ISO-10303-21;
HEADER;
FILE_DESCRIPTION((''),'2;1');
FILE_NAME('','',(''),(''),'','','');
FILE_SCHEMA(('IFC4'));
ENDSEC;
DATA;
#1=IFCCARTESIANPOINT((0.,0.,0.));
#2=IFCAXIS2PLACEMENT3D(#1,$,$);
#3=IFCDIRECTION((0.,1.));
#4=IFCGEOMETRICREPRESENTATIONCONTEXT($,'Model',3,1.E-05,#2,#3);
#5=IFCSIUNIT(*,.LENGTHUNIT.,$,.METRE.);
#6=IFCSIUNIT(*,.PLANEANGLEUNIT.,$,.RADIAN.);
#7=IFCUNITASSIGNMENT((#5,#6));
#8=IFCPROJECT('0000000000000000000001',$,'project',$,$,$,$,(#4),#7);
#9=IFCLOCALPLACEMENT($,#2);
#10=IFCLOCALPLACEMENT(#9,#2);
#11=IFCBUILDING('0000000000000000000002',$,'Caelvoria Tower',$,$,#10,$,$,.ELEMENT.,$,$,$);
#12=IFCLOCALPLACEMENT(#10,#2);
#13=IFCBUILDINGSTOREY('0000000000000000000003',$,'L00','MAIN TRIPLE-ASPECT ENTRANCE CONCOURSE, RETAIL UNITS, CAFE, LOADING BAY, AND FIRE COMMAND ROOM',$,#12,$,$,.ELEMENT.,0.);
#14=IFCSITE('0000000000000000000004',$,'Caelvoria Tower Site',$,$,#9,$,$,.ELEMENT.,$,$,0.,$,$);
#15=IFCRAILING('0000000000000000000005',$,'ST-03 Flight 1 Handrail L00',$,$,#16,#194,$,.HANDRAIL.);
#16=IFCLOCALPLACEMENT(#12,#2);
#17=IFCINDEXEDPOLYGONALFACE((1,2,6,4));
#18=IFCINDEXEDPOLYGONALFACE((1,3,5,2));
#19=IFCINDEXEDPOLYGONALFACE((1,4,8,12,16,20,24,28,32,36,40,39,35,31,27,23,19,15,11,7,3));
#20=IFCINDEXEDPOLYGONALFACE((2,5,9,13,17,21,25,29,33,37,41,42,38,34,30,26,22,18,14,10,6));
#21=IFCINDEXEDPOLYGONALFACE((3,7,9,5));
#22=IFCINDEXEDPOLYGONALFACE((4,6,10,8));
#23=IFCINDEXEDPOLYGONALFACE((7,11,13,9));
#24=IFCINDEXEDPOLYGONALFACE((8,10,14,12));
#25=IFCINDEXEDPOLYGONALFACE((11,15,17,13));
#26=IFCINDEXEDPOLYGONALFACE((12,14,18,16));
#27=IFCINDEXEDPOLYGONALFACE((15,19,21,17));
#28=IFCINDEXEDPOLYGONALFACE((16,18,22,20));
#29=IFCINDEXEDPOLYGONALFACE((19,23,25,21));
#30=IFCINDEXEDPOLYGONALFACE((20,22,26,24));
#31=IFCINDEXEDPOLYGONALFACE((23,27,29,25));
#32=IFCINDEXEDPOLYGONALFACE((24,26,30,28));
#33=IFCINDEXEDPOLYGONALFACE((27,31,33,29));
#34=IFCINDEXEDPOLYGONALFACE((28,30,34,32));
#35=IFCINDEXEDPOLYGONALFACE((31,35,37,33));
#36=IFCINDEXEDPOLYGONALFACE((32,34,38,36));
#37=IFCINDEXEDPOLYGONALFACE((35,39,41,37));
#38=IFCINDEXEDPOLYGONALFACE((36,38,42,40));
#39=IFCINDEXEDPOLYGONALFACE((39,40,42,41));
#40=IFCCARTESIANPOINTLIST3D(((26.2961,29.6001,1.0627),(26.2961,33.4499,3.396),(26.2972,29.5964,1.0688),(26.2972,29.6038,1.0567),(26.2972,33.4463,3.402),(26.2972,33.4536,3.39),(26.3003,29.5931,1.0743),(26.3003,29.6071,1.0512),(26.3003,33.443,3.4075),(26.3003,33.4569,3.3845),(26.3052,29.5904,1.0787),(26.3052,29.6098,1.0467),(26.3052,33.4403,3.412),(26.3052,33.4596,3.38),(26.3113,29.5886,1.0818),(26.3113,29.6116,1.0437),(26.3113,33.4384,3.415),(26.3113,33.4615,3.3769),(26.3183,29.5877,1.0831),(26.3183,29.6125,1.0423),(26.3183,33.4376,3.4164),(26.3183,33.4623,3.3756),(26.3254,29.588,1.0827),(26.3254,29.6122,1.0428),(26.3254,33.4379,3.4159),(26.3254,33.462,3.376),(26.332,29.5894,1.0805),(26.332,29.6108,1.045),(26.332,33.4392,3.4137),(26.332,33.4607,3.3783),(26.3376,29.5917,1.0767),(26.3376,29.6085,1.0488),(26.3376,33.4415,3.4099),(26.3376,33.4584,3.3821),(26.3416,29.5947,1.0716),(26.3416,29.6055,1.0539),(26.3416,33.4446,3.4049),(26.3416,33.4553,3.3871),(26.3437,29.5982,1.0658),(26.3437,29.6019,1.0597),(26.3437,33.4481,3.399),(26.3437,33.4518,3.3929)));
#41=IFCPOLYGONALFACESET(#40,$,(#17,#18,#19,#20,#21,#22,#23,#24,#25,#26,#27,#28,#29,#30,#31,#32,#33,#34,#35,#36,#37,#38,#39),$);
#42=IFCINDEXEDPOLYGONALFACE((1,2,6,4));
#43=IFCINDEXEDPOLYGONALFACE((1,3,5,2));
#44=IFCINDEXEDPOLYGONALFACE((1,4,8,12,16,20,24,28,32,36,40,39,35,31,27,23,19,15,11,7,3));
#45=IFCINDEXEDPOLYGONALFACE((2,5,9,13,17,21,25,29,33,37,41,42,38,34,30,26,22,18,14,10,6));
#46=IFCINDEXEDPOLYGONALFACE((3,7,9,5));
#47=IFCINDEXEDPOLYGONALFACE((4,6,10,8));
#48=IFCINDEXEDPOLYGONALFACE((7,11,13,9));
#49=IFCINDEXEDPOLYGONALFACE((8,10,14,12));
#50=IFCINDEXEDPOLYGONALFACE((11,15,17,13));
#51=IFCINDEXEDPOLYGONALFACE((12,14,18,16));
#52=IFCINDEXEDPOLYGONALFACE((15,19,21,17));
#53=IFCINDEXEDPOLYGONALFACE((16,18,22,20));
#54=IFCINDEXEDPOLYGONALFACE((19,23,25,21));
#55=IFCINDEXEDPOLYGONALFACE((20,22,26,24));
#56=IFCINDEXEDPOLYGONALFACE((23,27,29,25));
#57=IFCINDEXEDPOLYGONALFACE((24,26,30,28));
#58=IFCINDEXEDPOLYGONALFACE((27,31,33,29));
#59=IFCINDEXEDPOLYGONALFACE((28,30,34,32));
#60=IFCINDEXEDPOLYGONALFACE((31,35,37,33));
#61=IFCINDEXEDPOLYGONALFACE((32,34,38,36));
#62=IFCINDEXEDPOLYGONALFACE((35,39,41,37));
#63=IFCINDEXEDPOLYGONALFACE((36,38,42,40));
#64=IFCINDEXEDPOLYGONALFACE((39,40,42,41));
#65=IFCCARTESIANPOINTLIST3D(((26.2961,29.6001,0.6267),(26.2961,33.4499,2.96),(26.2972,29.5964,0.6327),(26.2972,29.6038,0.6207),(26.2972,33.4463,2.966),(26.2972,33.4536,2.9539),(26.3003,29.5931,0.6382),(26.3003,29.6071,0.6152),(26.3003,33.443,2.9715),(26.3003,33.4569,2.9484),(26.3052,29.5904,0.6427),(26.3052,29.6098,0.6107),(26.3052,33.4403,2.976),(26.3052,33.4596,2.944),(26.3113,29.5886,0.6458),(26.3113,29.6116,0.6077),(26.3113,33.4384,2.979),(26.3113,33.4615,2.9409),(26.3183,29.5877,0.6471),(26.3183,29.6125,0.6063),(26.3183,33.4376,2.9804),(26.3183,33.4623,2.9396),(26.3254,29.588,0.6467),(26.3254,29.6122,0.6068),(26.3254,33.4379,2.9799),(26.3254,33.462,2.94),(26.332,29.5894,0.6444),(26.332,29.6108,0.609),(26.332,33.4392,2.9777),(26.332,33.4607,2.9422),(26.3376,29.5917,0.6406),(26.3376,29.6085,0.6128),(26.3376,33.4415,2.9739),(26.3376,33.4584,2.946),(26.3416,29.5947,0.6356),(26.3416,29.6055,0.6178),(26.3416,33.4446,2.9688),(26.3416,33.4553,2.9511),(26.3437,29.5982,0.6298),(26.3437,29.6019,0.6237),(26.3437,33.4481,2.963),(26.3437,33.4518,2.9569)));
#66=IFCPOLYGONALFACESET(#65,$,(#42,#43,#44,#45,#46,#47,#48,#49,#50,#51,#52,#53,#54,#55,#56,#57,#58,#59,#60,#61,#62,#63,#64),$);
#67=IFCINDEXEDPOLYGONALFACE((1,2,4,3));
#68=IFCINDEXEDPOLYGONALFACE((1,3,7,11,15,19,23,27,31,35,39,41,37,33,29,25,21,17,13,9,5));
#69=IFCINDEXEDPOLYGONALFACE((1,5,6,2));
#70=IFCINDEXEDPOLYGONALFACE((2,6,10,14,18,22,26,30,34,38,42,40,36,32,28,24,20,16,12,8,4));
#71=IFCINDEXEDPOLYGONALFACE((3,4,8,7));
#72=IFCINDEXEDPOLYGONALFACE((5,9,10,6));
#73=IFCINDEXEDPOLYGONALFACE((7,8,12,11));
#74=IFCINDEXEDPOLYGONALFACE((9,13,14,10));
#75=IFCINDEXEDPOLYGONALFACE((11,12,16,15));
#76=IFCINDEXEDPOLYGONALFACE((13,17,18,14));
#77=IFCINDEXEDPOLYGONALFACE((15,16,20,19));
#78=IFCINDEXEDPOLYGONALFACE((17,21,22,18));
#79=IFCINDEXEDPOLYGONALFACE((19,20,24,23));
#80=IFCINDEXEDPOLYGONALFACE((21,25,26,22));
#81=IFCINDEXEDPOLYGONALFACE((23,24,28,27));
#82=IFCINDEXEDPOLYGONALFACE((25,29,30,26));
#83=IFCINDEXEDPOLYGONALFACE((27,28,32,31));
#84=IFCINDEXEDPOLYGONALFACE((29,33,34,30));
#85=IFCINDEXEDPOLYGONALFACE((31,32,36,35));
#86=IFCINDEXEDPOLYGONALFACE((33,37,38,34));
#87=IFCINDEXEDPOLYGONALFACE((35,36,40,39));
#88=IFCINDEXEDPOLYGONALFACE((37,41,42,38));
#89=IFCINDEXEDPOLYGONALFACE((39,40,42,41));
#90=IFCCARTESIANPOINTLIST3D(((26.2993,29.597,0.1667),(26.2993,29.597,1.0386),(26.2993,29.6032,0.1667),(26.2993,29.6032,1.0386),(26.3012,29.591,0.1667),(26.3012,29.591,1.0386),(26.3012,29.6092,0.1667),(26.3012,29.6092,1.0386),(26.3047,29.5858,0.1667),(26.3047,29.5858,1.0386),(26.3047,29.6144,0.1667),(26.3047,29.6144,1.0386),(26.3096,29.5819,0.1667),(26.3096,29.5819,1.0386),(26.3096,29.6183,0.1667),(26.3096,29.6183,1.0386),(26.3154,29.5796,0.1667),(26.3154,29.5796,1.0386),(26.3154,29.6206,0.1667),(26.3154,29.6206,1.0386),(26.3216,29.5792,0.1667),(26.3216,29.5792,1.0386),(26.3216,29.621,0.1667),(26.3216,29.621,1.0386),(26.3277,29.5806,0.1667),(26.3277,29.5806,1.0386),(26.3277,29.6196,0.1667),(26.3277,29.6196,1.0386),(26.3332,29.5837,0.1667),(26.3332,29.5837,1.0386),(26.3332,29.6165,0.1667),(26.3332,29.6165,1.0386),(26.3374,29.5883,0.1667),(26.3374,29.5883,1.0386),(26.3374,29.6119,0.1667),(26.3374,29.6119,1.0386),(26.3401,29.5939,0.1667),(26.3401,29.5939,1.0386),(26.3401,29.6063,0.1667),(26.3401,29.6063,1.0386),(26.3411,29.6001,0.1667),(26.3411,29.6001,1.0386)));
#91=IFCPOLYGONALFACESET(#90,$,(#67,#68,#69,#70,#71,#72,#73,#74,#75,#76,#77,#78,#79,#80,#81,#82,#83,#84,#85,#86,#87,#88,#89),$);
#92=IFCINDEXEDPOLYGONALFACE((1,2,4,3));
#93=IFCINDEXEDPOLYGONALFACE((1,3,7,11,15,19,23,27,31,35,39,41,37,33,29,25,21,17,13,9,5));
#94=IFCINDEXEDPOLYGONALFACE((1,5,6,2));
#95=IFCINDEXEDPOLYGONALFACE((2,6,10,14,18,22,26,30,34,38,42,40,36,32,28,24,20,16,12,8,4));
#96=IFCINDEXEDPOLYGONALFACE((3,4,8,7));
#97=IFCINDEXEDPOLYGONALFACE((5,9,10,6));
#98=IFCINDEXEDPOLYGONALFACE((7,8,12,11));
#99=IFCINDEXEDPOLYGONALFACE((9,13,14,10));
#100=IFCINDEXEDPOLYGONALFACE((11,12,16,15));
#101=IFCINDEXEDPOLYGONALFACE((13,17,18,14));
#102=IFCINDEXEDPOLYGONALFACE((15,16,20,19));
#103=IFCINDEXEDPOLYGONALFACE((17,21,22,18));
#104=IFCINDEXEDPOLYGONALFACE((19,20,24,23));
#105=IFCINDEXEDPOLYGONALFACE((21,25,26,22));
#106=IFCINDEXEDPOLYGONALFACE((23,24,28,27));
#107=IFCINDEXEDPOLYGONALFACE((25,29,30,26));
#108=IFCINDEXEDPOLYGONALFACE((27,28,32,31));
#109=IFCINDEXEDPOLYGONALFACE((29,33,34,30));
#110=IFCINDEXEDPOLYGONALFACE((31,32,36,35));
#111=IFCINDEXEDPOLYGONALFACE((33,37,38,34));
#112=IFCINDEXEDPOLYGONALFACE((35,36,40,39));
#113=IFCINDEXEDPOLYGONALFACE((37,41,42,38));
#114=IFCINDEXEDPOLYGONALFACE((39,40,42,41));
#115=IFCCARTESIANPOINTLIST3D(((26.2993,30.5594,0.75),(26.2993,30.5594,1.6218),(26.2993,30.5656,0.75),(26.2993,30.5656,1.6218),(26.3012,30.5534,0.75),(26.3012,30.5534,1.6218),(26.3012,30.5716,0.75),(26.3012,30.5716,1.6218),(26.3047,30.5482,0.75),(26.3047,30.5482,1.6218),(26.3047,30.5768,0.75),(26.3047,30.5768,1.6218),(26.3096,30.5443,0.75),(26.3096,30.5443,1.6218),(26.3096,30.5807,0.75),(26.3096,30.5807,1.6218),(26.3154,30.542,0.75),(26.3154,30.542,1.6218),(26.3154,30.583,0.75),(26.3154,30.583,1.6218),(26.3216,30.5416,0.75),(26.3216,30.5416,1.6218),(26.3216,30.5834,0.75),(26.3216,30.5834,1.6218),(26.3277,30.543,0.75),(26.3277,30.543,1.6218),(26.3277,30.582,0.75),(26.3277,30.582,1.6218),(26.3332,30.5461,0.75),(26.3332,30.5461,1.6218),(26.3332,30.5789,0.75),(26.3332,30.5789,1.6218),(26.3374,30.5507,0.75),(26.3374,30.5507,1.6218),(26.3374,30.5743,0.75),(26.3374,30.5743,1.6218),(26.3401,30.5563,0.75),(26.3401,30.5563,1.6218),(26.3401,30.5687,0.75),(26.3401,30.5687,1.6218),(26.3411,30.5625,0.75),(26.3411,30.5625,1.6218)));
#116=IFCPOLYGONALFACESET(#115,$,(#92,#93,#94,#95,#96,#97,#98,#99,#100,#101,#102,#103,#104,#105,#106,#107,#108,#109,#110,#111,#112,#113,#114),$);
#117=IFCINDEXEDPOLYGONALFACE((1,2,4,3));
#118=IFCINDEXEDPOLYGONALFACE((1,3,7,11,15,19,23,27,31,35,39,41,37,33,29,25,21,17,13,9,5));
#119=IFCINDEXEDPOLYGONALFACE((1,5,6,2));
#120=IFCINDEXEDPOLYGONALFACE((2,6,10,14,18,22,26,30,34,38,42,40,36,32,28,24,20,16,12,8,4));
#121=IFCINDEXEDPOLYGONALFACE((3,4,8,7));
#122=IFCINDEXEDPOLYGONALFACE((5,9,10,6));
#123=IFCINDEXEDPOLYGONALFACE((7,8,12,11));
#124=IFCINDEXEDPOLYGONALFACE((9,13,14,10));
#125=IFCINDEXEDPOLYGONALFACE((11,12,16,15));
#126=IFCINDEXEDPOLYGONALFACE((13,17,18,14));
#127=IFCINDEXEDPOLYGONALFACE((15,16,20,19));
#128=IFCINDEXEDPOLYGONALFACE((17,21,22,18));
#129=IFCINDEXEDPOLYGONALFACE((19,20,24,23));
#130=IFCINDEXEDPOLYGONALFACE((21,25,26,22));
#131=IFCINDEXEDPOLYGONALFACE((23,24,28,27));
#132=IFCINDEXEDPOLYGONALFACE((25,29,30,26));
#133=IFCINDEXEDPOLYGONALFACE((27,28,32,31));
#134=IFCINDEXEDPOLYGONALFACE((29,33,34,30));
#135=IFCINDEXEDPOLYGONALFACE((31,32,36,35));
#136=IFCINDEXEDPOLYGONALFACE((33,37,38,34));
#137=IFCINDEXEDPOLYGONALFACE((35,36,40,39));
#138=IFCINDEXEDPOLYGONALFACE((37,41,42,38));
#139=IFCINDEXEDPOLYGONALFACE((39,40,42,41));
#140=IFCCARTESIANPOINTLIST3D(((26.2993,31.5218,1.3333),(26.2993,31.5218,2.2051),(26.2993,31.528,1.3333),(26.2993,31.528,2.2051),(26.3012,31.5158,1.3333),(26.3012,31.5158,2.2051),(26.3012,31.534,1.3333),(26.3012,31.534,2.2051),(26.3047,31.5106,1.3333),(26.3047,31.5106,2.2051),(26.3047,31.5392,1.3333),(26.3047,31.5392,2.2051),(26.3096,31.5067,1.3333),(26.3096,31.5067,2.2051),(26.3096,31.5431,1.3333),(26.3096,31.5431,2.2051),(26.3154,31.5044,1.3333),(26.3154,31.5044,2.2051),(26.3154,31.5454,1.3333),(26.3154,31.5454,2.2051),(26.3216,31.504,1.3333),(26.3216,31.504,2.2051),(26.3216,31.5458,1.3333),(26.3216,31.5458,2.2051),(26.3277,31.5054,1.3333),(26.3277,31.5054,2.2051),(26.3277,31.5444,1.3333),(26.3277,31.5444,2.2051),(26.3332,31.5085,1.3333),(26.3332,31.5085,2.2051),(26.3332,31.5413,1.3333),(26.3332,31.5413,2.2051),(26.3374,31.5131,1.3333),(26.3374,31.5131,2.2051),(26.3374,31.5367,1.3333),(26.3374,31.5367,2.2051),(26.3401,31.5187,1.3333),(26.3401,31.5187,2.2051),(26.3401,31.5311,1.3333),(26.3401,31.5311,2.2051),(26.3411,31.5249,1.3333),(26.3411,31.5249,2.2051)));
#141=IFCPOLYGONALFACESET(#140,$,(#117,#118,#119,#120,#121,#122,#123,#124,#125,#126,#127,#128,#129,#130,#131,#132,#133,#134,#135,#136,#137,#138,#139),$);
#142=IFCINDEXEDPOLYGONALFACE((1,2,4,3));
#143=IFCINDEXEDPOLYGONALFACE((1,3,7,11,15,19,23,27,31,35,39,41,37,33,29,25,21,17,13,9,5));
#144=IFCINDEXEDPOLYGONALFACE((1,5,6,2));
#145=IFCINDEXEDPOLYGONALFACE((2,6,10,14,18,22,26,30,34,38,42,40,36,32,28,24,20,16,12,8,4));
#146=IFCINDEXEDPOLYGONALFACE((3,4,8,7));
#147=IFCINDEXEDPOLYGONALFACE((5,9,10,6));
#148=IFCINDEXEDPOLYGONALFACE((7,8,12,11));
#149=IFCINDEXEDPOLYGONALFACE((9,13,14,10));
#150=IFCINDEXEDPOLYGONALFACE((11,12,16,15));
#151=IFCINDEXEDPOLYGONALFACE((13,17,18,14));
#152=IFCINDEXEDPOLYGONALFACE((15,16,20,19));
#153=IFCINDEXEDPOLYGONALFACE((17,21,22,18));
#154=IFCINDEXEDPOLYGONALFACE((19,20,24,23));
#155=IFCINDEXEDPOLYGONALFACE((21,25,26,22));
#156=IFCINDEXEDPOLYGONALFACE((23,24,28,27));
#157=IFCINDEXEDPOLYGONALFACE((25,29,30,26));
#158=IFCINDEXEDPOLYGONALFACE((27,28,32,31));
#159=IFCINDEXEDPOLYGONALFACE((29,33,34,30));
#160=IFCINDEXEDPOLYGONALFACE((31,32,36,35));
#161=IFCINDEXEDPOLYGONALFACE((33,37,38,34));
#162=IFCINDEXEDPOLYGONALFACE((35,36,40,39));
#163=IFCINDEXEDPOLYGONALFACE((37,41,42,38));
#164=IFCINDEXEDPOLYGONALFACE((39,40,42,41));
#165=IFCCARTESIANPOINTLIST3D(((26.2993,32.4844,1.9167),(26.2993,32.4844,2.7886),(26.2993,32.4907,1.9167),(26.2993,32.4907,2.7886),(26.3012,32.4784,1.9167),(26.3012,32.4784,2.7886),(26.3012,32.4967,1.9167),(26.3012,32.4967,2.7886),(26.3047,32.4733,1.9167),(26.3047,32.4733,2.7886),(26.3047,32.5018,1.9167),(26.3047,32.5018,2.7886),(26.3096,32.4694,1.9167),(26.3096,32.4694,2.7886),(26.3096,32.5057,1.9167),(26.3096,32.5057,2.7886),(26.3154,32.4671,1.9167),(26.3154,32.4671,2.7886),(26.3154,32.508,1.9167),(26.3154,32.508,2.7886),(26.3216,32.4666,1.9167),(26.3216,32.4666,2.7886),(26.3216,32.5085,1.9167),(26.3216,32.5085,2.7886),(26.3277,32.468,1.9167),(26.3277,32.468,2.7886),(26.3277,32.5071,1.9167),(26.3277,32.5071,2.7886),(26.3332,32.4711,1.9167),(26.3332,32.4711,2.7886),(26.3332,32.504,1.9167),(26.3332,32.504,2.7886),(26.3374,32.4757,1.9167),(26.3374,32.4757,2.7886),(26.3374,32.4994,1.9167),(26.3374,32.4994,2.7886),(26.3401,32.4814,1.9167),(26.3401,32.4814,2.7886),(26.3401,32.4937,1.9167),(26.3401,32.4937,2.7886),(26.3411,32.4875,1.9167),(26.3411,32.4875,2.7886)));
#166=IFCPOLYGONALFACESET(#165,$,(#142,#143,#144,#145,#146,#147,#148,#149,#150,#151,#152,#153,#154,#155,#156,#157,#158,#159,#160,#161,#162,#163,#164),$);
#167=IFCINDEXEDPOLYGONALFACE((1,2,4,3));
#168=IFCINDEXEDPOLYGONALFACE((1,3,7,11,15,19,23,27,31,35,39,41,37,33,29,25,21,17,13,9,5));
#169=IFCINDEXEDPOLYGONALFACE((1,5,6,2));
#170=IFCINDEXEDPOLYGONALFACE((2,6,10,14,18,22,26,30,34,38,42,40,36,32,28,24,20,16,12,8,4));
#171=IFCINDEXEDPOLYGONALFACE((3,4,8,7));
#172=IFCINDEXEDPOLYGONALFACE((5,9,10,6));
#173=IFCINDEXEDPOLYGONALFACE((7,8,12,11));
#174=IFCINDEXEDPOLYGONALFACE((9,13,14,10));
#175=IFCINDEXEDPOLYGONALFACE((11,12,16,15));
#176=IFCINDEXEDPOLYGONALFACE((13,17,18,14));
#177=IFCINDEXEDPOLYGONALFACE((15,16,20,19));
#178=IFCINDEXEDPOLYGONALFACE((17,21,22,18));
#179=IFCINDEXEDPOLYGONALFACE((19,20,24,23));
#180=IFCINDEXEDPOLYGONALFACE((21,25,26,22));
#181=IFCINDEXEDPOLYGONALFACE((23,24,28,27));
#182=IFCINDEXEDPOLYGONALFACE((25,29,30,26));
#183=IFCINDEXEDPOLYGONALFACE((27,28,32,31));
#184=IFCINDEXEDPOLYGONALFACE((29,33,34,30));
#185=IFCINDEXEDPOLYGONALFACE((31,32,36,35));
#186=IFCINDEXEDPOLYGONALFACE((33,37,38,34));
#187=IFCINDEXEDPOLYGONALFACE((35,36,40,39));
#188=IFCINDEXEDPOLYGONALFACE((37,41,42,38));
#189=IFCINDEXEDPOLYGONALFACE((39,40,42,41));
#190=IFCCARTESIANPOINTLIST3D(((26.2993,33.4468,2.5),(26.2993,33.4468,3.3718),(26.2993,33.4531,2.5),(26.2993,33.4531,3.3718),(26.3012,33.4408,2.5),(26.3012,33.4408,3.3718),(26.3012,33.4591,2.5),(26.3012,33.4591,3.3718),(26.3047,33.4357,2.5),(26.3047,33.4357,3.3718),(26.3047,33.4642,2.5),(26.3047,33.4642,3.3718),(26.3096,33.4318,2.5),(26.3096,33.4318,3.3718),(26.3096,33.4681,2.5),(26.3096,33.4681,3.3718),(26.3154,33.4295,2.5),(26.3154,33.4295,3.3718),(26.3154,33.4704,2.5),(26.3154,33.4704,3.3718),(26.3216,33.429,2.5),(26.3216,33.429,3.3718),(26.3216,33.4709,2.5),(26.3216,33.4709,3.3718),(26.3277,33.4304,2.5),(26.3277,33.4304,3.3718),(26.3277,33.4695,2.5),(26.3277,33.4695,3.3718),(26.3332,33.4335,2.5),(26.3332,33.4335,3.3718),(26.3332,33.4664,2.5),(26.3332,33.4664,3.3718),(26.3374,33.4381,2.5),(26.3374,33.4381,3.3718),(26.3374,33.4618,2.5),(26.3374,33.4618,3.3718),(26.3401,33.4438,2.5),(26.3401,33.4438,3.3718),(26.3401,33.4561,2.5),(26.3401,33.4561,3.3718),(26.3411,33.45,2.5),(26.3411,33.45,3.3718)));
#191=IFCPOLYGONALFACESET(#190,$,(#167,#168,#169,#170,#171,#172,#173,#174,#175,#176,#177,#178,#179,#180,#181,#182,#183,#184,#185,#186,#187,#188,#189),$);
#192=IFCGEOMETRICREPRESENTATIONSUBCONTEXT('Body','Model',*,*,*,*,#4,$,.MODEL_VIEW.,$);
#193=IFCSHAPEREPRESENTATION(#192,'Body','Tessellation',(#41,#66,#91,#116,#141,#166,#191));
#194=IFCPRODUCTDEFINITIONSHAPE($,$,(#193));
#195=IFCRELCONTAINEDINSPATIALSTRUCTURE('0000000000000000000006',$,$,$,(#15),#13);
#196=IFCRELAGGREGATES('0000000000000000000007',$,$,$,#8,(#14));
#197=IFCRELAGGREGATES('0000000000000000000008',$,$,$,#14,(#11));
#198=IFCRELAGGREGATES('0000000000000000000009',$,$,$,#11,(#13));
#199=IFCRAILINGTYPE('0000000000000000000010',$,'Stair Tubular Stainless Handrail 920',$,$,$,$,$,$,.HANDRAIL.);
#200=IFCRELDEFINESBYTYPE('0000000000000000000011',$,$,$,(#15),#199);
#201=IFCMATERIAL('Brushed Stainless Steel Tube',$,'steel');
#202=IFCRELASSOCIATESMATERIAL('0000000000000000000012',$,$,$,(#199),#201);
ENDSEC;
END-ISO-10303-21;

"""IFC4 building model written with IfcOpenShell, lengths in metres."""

from ifc_helpers import new_model, si_unit, direction, frame, origin, origin_2d, place, context, subcontext, project, spatial, circle, extrude, material, type_object, element, save


model = new_model("IFC4")

# Units and contexts
model_context = context("Model", 3, precision=1e-05, world=origin(), true_north=direction((0.0, 1.0)))
body_context = subcontext(model_context, "Body", "Model", "MODEL_VIEW")
ifc_project = project(units=[si_unit("LENGTHUNIT", "METRE"), si_unit("PLANEANGLEUNIT", "RADIAN")], contexts=[model_context])

# Site, building, storey
site_placement = place(None, origin())
site = spatial("IfcSite", under=ifc_project, at=site_placement, Name="Caelvoria Tower Site", CompositionType="ELEMENT", RefElevation=0.0)
building_placement = place(site_placement, origin())
building = spatial("IfcBuilding", under=site, at=building_placement, Name="Caelvoria Tower", CompositionType="ELEMENT")
storey_placement = place(building_placement, origin())
storey = spatial("IfcBuildingStorey", under=building, at=storey_placement, Name="L00", Description="MAIN TRIPLE-ASPECT ENTRANCE CONCOURSE, RETAIL UNITS, CAFE, LOADING BAY, AND FIRE COMMAND ROOM", CompositionType="ELEMENT", Elevation=0.0)

# Railing
ifc_material_1 = material(Name="Brushed Stainless Steel Tube", Category="steel")
railing_type = type_object("IfcRailingType", Name="Stair Tubular Stainless Handrail 920", PredefinedType="HANDRAIL", material=ifc_material_1)
railing_placement = place(storey_placement, frame((26.3201, 29.6001, 0.1667)))
element("IfcRailing", 1, at=railing_placement, inside=storey, type_object=railing_type, Name="ST-03 Flight 1 Handrail L00", PredefinedType="HANDRAIL", context=body_context, shape_type="SweptSolid", body=[
    extrude(circle(Radius=0.0239, at=origin_2d()), frame((0.0, 0.0, 0.896), z_axis=(0.0, 0.855197, 0.518303), x_axis=(-1.0, 0.0, 0.0)), (0.0, 0.0, 1.0), 4.5017),
    extrude(circle(Radius=0.0239, at=origin_2d()), frame((0.0, 0.0, 0.46), z_axis=(0.0, 0.855197, 0.518303), x_axis=(-1.0, 0.0, 0.0)), (0.0, 0.0, 1.0), 4.5017),
    extrude(circle(Radius=0.021, at=origin_2d()), origin(), (0.0, 0.0, 1.0), 0.8718),
    extrude(circle(Radius=0.021, at=origin_2d()), frame((0.0, 0.9624, 0.5833)), (0.0, 0.0, 1.0), 0.8718),
    extrude(circle(Radius=0.021, at=origin_2d()), frame((0.0, 1.9248, 1.1665)), (0.0, 0.0, 1.0), 0.8718),
    extrude(circle(Radius=0.021, at=origin_2d()), frame((0.0, 2.8875, 1.75)), (0.0, 0.0, 1.0), 0.8718),
    extrude(circle(Radius=0.021, at=origin_2d()), frame((0.0, 3.8499, 2.3333)), (0.0, 0.0, 1.0), 0.8718),
])

save(model, "model.ifc")
